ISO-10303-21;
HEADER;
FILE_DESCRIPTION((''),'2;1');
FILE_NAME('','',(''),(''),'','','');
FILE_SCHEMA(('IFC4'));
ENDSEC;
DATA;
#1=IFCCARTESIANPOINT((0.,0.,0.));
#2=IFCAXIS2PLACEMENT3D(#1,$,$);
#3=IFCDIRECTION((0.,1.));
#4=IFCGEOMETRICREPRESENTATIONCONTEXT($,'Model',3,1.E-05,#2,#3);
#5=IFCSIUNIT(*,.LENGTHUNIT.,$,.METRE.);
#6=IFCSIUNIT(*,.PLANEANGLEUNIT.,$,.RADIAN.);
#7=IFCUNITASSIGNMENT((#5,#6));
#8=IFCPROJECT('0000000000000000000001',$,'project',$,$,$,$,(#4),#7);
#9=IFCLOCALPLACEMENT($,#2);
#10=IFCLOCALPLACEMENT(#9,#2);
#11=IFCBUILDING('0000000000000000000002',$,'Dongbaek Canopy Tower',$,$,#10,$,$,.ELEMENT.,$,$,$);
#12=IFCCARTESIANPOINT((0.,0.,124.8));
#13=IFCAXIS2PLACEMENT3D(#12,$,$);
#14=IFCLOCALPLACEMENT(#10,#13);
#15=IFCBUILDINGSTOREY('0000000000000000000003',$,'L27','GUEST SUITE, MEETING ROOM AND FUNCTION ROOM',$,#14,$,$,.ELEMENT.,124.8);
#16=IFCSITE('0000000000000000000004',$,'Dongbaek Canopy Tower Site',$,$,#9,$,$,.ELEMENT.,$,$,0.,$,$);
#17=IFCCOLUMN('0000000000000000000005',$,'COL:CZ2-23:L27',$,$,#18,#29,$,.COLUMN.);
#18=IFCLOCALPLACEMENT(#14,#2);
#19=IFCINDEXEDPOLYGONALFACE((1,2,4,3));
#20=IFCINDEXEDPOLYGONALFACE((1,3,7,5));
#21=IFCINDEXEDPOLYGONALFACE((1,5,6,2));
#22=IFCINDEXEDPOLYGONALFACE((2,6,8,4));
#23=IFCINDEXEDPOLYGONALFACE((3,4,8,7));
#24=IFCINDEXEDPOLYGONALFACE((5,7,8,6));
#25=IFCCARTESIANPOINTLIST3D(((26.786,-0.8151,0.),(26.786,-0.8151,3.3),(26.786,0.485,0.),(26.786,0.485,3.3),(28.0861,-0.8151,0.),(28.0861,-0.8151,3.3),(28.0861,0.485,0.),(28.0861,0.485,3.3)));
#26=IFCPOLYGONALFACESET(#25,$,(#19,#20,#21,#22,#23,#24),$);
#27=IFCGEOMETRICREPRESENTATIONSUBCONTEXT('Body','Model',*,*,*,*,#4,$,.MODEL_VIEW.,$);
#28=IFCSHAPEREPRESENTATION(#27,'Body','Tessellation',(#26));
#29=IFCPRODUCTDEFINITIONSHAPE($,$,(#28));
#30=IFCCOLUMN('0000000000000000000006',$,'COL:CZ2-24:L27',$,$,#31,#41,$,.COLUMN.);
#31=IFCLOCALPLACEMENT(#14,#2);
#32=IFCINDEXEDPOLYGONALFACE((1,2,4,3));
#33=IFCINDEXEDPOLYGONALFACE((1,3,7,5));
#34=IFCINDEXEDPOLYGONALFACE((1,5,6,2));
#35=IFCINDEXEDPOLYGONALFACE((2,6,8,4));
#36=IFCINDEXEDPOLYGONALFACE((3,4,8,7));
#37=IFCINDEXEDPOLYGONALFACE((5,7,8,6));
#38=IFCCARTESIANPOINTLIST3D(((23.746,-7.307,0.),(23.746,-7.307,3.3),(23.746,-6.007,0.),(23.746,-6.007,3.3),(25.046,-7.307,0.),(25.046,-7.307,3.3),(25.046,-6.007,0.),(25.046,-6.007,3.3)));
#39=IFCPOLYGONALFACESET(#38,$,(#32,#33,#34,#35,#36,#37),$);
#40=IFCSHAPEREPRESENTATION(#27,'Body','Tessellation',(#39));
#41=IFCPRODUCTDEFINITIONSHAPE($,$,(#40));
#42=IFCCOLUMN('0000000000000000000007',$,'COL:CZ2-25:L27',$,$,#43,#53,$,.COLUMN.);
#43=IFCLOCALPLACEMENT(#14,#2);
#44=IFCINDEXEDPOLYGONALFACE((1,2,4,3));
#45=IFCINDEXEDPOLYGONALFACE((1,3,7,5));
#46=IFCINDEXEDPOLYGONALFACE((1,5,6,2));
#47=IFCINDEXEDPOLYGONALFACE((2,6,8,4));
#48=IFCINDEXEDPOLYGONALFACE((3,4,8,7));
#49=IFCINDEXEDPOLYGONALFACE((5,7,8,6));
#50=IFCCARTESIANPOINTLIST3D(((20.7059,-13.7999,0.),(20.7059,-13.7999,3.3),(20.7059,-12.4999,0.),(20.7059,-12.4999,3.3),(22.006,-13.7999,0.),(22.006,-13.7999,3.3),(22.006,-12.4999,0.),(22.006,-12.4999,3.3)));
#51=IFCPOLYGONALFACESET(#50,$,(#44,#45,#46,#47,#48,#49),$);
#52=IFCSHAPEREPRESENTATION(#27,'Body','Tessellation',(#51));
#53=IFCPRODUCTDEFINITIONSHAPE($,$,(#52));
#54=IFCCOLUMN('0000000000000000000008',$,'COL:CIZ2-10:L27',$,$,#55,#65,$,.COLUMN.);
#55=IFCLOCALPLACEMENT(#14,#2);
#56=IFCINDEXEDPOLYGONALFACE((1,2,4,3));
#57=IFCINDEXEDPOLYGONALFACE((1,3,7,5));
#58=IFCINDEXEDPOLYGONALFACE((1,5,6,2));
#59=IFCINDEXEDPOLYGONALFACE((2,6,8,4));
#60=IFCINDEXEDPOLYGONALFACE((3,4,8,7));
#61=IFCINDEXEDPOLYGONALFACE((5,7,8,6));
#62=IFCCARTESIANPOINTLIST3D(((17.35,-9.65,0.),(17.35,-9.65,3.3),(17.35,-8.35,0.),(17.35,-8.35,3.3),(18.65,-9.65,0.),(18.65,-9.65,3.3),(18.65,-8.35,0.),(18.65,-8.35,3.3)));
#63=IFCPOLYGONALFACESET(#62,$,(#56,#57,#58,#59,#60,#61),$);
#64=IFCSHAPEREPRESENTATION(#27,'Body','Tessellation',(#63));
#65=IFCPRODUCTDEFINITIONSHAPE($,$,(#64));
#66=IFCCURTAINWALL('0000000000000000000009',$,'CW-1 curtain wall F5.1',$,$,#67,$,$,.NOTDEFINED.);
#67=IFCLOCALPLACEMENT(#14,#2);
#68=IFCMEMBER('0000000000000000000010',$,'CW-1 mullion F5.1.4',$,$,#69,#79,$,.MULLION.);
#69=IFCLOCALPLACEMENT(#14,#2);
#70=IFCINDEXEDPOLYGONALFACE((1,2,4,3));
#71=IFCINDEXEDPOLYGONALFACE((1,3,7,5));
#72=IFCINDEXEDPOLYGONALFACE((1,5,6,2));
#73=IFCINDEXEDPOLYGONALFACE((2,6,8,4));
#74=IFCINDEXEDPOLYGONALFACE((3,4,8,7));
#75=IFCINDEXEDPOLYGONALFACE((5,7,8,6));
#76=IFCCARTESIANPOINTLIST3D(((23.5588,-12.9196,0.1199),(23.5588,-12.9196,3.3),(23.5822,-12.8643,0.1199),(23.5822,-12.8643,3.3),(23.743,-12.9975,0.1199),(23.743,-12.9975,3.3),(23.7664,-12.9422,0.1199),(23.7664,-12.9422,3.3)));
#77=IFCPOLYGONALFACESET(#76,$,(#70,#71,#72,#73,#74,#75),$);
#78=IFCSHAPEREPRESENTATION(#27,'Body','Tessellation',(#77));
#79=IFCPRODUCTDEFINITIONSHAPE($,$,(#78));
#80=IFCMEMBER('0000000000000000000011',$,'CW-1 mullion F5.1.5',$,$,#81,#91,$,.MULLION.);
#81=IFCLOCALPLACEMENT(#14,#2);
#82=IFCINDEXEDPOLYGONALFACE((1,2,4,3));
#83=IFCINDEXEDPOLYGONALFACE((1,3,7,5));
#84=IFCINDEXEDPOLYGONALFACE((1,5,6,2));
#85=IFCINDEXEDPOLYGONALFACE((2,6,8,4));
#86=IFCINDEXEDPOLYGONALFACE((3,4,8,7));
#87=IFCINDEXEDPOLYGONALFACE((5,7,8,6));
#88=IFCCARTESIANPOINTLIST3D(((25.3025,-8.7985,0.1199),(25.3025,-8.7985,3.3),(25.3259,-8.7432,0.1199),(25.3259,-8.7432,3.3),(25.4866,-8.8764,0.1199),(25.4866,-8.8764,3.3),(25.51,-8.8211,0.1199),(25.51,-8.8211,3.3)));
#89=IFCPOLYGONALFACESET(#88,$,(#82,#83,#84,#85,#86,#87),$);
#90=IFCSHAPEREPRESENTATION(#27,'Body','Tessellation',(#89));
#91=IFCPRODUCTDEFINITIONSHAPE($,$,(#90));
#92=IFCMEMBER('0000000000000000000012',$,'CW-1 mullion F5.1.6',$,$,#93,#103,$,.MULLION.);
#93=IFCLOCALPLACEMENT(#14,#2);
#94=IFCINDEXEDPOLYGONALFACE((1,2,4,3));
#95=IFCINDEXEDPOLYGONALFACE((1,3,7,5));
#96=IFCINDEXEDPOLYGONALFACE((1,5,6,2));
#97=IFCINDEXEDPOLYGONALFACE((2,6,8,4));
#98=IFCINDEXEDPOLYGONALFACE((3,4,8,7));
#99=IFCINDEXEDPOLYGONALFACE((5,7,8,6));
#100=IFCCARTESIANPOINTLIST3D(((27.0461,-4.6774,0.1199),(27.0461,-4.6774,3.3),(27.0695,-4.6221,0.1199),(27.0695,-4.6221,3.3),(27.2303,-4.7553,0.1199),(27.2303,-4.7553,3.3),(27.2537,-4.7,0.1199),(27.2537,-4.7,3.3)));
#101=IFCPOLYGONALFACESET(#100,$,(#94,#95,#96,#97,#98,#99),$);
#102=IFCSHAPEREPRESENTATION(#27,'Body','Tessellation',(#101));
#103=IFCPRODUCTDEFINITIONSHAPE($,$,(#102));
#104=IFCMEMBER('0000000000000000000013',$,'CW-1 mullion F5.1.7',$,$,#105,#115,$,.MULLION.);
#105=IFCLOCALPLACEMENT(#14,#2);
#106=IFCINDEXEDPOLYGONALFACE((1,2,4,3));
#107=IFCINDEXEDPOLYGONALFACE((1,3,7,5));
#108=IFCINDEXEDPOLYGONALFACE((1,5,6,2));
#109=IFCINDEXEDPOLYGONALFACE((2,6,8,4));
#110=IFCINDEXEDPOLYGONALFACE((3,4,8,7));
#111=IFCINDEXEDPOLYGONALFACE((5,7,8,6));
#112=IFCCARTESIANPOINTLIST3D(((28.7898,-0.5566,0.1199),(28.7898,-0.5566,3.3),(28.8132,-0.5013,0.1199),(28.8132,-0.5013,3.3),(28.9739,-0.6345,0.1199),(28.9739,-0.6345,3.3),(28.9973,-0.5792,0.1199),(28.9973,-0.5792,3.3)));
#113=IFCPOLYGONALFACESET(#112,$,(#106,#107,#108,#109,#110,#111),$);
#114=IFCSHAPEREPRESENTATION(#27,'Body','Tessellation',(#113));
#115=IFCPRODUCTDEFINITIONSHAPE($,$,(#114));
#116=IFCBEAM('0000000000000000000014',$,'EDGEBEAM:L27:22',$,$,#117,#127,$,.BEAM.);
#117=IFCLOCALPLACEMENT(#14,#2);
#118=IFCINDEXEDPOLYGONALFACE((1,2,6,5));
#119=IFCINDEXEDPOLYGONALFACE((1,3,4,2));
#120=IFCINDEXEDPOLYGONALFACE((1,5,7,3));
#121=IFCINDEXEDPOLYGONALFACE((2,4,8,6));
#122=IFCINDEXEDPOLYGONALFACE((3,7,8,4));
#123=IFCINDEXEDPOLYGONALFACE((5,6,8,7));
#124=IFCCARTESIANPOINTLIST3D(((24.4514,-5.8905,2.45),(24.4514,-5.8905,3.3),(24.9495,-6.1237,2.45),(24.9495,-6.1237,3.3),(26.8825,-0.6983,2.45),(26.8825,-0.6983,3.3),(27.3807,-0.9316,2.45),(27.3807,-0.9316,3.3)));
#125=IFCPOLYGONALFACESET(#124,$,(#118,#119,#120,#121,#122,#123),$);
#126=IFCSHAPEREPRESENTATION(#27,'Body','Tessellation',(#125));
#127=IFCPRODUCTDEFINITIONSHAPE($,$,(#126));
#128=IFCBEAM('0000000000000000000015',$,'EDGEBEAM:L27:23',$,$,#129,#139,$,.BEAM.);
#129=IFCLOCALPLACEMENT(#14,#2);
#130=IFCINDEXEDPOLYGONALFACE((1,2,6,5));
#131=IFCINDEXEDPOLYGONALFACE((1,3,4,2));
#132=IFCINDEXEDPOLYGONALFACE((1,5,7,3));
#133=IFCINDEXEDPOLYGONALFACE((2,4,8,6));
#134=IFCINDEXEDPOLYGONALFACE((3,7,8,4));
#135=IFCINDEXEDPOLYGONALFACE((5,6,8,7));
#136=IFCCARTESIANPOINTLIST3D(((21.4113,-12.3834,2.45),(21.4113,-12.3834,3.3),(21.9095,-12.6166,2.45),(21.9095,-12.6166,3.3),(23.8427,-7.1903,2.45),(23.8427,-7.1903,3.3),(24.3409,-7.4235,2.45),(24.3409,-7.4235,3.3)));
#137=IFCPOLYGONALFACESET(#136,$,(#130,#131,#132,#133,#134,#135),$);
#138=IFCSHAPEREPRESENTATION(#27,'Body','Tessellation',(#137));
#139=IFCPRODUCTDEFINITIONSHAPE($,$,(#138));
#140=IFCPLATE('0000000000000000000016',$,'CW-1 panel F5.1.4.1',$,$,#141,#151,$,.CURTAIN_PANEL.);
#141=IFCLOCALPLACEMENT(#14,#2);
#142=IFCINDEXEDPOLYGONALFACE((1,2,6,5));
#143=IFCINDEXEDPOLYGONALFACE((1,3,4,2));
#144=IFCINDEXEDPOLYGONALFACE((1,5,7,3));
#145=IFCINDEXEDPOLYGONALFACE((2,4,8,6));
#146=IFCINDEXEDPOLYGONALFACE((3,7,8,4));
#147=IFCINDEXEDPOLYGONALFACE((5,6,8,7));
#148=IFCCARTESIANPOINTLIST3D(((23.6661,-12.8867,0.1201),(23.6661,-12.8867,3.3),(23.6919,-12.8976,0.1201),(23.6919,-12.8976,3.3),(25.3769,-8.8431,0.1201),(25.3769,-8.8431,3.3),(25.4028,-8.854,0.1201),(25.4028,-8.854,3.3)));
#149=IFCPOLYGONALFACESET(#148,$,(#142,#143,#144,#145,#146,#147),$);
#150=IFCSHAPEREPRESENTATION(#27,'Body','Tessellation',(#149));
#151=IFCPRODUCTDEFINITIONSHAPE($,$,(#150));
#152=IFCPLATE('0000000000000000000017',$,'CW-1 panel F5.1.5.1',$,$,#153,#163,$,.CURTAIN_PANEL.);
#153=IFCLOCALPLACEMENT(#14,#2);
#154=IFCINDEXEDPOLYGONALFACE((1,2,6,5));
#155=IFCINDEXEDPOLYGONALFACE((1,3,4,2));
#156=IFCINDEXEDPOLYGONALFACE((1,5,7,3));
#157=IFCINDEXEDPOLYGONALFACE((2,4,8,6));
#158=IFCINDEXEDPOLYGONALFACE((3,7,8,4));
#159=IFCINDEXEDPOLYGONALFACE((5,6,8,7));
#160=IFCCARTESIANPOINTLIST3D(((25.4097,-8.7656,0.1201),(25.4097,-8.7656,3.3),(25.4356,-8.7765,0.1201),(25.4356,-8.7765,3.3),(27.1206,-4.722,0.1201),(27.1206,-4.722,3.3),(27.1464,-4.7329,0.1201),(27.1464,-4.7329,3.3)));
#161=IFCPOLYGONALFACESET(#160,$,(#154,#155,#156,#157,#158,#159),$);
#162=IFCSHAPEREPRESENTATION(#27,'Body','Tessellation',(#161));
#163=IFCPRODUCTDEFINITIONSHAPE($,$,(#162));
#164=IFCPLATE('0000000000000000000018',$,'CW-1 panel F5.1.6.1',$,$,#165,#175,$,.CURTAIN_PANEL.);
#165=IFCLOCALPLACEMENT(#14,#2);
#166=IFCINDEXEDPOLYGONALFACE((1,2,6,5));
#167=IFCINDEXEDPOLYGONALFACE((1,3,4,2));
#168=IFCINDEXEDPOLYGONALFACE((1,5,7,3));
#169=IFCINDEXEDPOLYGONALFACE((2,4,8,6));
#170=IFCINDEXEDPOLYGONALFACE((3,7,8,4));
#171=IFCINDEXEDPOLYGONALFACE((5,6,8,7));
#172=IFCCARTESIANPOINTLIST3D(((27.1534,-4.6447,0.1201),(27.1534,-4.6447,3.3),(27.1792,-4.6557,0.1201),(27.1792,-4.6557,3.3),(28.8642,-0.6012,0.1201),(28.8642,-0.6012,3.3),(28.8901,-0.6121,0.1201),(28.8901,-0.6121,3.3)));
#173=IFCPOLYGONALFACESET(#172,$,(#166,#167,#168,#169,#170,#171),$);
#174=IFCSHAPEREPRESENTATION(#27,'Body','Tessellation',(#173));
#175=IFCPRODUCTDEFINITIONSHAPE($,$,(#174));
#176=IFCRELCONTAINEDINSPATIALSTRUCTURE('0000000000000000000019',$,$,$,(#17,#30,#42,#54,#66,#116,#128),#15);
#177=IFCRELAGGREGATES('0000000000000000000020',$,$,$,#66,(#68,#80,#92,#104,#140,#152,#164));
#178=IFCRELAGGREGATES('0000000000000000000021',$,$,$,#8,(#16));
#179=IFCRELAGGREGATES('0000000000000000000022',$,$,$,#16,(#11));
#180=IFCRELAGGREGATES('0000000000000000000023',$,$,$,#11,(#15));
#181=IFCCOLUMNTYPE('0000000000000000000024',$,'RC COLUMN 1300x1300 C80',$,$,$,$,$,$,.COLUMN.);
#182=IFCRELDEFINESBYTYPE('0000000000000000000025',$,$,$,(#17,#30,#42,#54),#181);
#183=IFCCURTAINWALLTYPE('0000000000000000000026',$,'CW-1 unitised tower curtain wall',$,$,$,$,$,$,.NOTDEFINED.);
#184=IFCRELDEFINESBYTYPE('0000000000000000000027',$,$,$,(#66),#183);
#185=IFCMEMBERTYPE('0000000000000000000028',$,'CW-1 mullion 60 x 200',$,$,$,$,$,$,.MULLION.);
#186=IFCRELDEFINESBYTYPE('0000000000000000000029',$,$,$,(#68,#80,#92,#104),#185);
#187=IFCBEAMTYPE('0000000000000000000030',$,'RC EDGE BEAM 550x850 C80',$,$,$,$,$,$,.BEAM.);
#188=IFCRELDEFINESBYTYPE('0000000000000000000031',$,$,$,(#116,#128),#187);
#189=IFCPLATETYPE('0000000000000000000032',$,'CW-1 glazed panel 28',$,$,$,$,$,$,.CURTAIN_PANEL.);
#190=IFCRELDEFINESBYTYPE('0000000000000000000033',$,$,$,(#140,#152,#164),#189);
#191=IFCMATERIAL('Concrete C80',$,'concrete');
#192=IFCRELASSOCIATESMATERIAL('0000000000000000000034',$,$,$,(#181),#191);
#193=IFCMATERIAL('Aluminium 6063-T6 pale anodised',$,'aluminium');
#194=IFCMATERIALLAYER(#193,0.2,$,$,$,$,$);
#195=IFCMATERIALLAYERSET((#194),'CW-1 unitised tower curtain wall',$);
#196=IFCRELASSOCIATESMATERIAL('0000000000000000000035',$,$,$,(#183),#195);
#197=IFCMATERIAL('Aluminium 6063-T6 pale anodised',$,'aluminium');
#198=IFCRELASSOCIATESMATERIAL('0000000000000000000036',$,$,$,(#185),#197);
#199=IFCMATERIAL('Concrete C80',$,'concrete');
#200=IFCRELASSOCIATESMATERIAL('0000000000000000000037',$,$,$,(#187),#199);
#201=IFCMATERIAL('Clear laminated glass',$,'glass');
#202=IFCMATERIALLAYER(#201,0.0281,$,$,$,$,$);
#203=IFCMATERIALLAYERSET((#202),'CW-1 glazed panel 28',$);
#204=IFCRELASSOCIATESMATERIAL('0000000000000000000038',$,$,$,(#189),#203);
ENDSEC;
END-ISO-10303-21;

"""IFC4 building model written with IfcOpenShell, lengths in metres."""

from ifc_helpers import new_model, si_unit, direction, frame, origin, origin_2d, place, context, subcontext, project, spatial, rectangle, extrude, material, layer, layer_set, material_profile, profile_set, type_object, element, aggregate, save


model = new_model("IFC4")

# Units and contexts
model_context = context("Model", 3, precision=1e-05, world=origin(), true_north=direction((0.0, 1.0)))
body_context = subcontext(model_context, "Body", "Model", "MODEL_VIEW")
ifc_project = project(units=[si_unit("LENGTHUNIT", "METRE"), si_unit("PLANEANGLEUNIT", "RADIAN")], contexts=[model_context])

# Site, building, storey
site_placement = place(None, origin())
site = spatial("IfcSite", under=ifc_project, at=site_placement, Name="Dongbaek Canopy Tower Site", CompositionType="ELEMENT", RefElevation=0.0)
building_placement = place(site_placement, origin())
building = spatial("IfcBuilding", under=site, at=building_placement, Name="Dongbaek Canopy Tower", CompositionType="ELEMENT")
storey_placement = place(building_placement, frame((0.0, 0.0, 124.8)))
storey = spatial("IfcBuildingStorey", under=building, at=storey_placement, Name="L27", Description="GUEST SUITE, MEETING ROOM AND FUNCTION ROOM", CompositionType="ELEMENT", Elevation=124.8)

# Columns
ifc_material_1 = material(Name="Concrete C80", Category="concrete")
ifc_material_profile_1 = material_profile(ifc_material_1, rectangle(XDim=1.3, YDim=1.3, at=origin_2d()), Name="RC COLUMN 1300x1300 C80")
ifc_profile_set_1 = profile_set([ifc_material_profile_1], Name="Concrete C80")
column_type = type_object("IfcColumnType", Name="RC COLUMN 1300x1300 C80", PredefinedType="COLUMN", material=ifc_profile_set_1)
for number, where, z_axis, x_axis, name in (
    (1, (27.436, -0.165, 0.0), (0.0, 0.0, 1.0), (1.0, 0.0, 0.0), "COL:CZ2-23:L27"),
    (2, (24.396, -6.657, 0.0), (0.0, 0.0, 1.0), (1.0, 0.0, 0.0), "COL:CZ2-24:L27"),
    (3, (21.356, -13.1499, 0.0), (0.0, 0.0, 1.0), (1.0, 0.0, 0.0), "COL:CZ2-25:L27"),
    (4, (18.0, -9.0, 0.0), (0.0, 0.0, 1.0), (1.0, 0.0, 0.0), "COL:CIZ2-10:L27"),
):
    element("IfcColumn", number, at=place(storey_placement, frame(where, z_axis=z_axis, x_axis=x_axis)), inside=storey, type_object=column_type, Name=name, PredefinedType="COLUMN", context=body_context, shape_type="SweptSolid", body=[
        extrude(rectangle(XDim=1.3, YDim=1.3, at=origin_2d()), origin(), (0.0, 0.0, 1.0), 3.3),
    ])

# Curtain wall, members
ifc_material_2 = material(Name="Aluminium 6063-T6 pale anodised", Category="aluminium")
ifc_layer_1 = layer(ifc_material_2, 0.2)
ifc_layer_set_1 = layer_set([ifc_layer_1], Name="CW-1 unitised tower curtain wall")
curtain_wall_type = type_object("IfcCurtainWallType", Name="CW-1 unitised tower curtain wall", PredefinedType="NOTDEFINED", material=ifc_layer_set_1)
curtain_wall_placement = place(storey_placement, origin())
curtain_wall = element("IfcCurtainWall", 5, at=curtain_wall_placement, inside=storey, type_object=curtain_wall_type, Name="CW-1 curtain wall F5.1", PredefinedType="NOTDEFINED")
ifc_material_3 = material(Name="Aluminium 6063-T6 pale anodised", Category="aluminium")
ifc_material_profile_2 = material_profile(ifc_material_3, rectangle(XDim=0.2, YDim=0.0601, at=origin_2d()), Name="CW-1 mullion 60 x 200")
ifc_profile_set_2 = profile_set([ifc_material_profile_2], Name="Aluminium 6063-T6 pale anodised")
member_type = type_object("IfcMemberType", Name="CW-1 mullion 60 x 200", PredefinedType="MULLION", material=ifc_profile_set_2)
member_1_placement = place(storey_placement, frame((23.6626, -12.9309, 0.1199), z_axis=(0.0, 0.0, 1.0), x_axis=(0.920958, -0.389663, 0.0)))
member_1 = element("IfcMember", 6, at=member_1_placement, type_object=member_type, Name="CW-1 mullion F5.1.4", PredefinedType="MULLION", context=body_context, shape_type="SweptSolid", body=[
    extrude(rectangle(XDim=0.2, YDim=0.0601, at=origin_2d()), origin(), (0.0, 0.0, 1.0), 3.1802),
])
member_2_placement = place(storey_placement, frame((25.4062, -8.8098, 0.1199), z_axis=(0.0, 0.0, 1.0), x_axis=(0.920958, -0.389663, 0.0)))
member_2 = element("IfcMember", 7, at=member_2_placement, type_object=member_type, Name="CW-1 mullion F5.1.5", PredefinedType="MULLION", context=body_context, shape_type="SweptSolid", body=[
    extrude(rectangle(XDim=0.2, YDim=0.0601, at=origin_2d()), origin(), (0.0, 0.0, 1.0), 3.1802),
])
member_3_placement = place(storey_placement, frame((27.1499, -4.6887, 0.1199), z_axis=(0.0, 0.0, 1.0), x_axis=(0.920958, -0.389663, 0.0)))
member_3 = element("IfcMember", 8, at=member_3_placement, type_object=member_type, Name="CW-1 mullion F5.1.6", PredefinedType="MULLION", context=body_context, shape_type="SweptSolid", body=[
    extrude(rectangle(XDim=0.2, YDim=0.0601, at=origin_2d()), origin(), (0.0, 0.0, 1.0), 3.1802),
])
member_4_placement = place(storey_placement, frame((28.8936, -0.5679, 0.1199), z_axis=(0.0, 0.0, 1.0), x_axis=(0.920958, -0.389663, 0.0)))
member_4 = element("IfcMember", 9, at=member_4_placement, type_object=member_type, Name="CW-1 mullion F5.1.7", PredefinedType="MULLION", context=body_context, shape_type="SweptSolid", body=[
    extrude(rectangle(XDim=0.2, YDim=0.0601, at=origin_2d()), origin(), (0.0, 0.0, 1.0), 3.1802),
])

# Beams
ifc_material_4 = material(Name="Concrete C80", Category="concrete")
ifc_material_profile_3 = material_profile(ifc_material_4, rectangle(XDim=0.55, YDim=0.8501, at=origin_2d()), Name="RC EDGE BEAM 550x850 C80")
ifc_profile_set_3 = profile_set([ifc_material_profile_3], Name="Concrete C80")
beam_type = type_object("IfcBeamType", Name="RC EDGE BEAM 550x850 C80", PredefinedType="BEAM", material=ifc_profile_set_3)
beam_1_placement = place(storey_placement, frame((27.1316, -0.8149, 2.875), z_axis=(-0.424053, -0.905637, 0.0), x_axis=(0.905637, -0.424053, 0.0)))
element("IfcBeam", 10, at=beam_1_placement, inside=storey, type_object=beam_type, Name="EDGEBEAM:L27:22", PredefinedType="BEAM", context=body_context, shape_type="SweptSolid", body=[
    extrude(rectangle(XDim=0.55, YDim=0.8501, at=origin_2d()), origin(), (0.0, 0.0, 1.0), 5.7332),
])
beam_2_placement = place(storey_placement, frame((24.0918, -7.3069, 2.875), z_axis=(-0.424023, -0.905652, 0.0), x_axis=(0.905652, -0.424023, 0.0)))
element("IfcBeam", 11, at=beam_2_placement, inside=storey, type_object=beam_type, Name="EDGEBEAM:L27:23", PredefinedType="BEAM", context=body_context, shape_type="SweptSolid", body=[
    extrude(rectangle(XDim=0.55, YDim=0.8501, at=origin_2d()), origin(), (0.0, 0.0, 1.0), 5.7341),
])

# Plates
ifc_material_5 = material(Name="Clear laminated glass", Category="glass")
ifc_layer_2 = layer(ifc_material_5, 0.0281)
ifc_layer_set_2 = layer_set([ifc_layer_2], Name="CW-1 glazed panel 28")
plate_type = type_object("IfcPlateType", Name="CW-1 glazed panel 28", PredefinedType="CURTAIN_PANEL", material=ifc_layer_set_2)
plate_1_placement = place(storey_placement, frame((24.5344, -10.8704, 0.1201), z_axis=(0.0, 0.0, 1.0), x_axis=(0.389663, 0.920958, 0.0)))
plate_1 = element("IfcPlate", 12, at=plate_1_placement, type_object=plate_type, Name="CW-1 panel F5.1.4.1", PredefinedType="CURTAIN_PANEL", context=body_context, shape_type="SweptSolid", body=[
    extrude(rectangle(XDim=4.3906, YDim=0.0281, at=origin_2d()), origin(), (0.0, 0.0, 1.0), 3.1799),
])
plate_2_placement = place(storey_placement, frame((26.2781, -6.7493, 0.1201), z_axis=(0.0, 0.0, 1.0), x_axis=(0.389663, 0.920958, 0.0)))
plate_2 = element("IfcPlate", 13, at=plate_2_placement, type_object=plate_type, Name="CW-1 panel F5.1.5.1", PredefinedType="CURTAIN_PANEL", context=body_context, shape_type="SweptSolid", body=[
    extrude(rectangle(XDim=4.3906, YDim=0.0281, at=origin_2d()), origin(), (0.0, 0.0, 1.0), 3.1799),
])
plate_3_placement = place(storey_placement, frame((28.0217, -2.6284, 0.1201), z_axis=(0.0, 0.0, 1.0), x_axis=(0.389663, 0.920958, 0.0)))
plate_3 = element("IfcPlate", 14, at=plate_3_placement, type_object=plate_type, Name="CW-1 panel F5.1.6.1", PredefinedType="CURTAIN_PANEL", context=body_context, shape_type="SweptSolid", body=[
    extrude(rectangle(XDim=4.3906, YDim=0.0281, at=origin_2d()), origin(), (0.0, 0.0, 1.0), 3.1799),
])

aggregate(curtain_wall, [member_1, member_2, member_3, member_4, plate_1, plate_2, plate_3])

save(model, "model.ifc")
